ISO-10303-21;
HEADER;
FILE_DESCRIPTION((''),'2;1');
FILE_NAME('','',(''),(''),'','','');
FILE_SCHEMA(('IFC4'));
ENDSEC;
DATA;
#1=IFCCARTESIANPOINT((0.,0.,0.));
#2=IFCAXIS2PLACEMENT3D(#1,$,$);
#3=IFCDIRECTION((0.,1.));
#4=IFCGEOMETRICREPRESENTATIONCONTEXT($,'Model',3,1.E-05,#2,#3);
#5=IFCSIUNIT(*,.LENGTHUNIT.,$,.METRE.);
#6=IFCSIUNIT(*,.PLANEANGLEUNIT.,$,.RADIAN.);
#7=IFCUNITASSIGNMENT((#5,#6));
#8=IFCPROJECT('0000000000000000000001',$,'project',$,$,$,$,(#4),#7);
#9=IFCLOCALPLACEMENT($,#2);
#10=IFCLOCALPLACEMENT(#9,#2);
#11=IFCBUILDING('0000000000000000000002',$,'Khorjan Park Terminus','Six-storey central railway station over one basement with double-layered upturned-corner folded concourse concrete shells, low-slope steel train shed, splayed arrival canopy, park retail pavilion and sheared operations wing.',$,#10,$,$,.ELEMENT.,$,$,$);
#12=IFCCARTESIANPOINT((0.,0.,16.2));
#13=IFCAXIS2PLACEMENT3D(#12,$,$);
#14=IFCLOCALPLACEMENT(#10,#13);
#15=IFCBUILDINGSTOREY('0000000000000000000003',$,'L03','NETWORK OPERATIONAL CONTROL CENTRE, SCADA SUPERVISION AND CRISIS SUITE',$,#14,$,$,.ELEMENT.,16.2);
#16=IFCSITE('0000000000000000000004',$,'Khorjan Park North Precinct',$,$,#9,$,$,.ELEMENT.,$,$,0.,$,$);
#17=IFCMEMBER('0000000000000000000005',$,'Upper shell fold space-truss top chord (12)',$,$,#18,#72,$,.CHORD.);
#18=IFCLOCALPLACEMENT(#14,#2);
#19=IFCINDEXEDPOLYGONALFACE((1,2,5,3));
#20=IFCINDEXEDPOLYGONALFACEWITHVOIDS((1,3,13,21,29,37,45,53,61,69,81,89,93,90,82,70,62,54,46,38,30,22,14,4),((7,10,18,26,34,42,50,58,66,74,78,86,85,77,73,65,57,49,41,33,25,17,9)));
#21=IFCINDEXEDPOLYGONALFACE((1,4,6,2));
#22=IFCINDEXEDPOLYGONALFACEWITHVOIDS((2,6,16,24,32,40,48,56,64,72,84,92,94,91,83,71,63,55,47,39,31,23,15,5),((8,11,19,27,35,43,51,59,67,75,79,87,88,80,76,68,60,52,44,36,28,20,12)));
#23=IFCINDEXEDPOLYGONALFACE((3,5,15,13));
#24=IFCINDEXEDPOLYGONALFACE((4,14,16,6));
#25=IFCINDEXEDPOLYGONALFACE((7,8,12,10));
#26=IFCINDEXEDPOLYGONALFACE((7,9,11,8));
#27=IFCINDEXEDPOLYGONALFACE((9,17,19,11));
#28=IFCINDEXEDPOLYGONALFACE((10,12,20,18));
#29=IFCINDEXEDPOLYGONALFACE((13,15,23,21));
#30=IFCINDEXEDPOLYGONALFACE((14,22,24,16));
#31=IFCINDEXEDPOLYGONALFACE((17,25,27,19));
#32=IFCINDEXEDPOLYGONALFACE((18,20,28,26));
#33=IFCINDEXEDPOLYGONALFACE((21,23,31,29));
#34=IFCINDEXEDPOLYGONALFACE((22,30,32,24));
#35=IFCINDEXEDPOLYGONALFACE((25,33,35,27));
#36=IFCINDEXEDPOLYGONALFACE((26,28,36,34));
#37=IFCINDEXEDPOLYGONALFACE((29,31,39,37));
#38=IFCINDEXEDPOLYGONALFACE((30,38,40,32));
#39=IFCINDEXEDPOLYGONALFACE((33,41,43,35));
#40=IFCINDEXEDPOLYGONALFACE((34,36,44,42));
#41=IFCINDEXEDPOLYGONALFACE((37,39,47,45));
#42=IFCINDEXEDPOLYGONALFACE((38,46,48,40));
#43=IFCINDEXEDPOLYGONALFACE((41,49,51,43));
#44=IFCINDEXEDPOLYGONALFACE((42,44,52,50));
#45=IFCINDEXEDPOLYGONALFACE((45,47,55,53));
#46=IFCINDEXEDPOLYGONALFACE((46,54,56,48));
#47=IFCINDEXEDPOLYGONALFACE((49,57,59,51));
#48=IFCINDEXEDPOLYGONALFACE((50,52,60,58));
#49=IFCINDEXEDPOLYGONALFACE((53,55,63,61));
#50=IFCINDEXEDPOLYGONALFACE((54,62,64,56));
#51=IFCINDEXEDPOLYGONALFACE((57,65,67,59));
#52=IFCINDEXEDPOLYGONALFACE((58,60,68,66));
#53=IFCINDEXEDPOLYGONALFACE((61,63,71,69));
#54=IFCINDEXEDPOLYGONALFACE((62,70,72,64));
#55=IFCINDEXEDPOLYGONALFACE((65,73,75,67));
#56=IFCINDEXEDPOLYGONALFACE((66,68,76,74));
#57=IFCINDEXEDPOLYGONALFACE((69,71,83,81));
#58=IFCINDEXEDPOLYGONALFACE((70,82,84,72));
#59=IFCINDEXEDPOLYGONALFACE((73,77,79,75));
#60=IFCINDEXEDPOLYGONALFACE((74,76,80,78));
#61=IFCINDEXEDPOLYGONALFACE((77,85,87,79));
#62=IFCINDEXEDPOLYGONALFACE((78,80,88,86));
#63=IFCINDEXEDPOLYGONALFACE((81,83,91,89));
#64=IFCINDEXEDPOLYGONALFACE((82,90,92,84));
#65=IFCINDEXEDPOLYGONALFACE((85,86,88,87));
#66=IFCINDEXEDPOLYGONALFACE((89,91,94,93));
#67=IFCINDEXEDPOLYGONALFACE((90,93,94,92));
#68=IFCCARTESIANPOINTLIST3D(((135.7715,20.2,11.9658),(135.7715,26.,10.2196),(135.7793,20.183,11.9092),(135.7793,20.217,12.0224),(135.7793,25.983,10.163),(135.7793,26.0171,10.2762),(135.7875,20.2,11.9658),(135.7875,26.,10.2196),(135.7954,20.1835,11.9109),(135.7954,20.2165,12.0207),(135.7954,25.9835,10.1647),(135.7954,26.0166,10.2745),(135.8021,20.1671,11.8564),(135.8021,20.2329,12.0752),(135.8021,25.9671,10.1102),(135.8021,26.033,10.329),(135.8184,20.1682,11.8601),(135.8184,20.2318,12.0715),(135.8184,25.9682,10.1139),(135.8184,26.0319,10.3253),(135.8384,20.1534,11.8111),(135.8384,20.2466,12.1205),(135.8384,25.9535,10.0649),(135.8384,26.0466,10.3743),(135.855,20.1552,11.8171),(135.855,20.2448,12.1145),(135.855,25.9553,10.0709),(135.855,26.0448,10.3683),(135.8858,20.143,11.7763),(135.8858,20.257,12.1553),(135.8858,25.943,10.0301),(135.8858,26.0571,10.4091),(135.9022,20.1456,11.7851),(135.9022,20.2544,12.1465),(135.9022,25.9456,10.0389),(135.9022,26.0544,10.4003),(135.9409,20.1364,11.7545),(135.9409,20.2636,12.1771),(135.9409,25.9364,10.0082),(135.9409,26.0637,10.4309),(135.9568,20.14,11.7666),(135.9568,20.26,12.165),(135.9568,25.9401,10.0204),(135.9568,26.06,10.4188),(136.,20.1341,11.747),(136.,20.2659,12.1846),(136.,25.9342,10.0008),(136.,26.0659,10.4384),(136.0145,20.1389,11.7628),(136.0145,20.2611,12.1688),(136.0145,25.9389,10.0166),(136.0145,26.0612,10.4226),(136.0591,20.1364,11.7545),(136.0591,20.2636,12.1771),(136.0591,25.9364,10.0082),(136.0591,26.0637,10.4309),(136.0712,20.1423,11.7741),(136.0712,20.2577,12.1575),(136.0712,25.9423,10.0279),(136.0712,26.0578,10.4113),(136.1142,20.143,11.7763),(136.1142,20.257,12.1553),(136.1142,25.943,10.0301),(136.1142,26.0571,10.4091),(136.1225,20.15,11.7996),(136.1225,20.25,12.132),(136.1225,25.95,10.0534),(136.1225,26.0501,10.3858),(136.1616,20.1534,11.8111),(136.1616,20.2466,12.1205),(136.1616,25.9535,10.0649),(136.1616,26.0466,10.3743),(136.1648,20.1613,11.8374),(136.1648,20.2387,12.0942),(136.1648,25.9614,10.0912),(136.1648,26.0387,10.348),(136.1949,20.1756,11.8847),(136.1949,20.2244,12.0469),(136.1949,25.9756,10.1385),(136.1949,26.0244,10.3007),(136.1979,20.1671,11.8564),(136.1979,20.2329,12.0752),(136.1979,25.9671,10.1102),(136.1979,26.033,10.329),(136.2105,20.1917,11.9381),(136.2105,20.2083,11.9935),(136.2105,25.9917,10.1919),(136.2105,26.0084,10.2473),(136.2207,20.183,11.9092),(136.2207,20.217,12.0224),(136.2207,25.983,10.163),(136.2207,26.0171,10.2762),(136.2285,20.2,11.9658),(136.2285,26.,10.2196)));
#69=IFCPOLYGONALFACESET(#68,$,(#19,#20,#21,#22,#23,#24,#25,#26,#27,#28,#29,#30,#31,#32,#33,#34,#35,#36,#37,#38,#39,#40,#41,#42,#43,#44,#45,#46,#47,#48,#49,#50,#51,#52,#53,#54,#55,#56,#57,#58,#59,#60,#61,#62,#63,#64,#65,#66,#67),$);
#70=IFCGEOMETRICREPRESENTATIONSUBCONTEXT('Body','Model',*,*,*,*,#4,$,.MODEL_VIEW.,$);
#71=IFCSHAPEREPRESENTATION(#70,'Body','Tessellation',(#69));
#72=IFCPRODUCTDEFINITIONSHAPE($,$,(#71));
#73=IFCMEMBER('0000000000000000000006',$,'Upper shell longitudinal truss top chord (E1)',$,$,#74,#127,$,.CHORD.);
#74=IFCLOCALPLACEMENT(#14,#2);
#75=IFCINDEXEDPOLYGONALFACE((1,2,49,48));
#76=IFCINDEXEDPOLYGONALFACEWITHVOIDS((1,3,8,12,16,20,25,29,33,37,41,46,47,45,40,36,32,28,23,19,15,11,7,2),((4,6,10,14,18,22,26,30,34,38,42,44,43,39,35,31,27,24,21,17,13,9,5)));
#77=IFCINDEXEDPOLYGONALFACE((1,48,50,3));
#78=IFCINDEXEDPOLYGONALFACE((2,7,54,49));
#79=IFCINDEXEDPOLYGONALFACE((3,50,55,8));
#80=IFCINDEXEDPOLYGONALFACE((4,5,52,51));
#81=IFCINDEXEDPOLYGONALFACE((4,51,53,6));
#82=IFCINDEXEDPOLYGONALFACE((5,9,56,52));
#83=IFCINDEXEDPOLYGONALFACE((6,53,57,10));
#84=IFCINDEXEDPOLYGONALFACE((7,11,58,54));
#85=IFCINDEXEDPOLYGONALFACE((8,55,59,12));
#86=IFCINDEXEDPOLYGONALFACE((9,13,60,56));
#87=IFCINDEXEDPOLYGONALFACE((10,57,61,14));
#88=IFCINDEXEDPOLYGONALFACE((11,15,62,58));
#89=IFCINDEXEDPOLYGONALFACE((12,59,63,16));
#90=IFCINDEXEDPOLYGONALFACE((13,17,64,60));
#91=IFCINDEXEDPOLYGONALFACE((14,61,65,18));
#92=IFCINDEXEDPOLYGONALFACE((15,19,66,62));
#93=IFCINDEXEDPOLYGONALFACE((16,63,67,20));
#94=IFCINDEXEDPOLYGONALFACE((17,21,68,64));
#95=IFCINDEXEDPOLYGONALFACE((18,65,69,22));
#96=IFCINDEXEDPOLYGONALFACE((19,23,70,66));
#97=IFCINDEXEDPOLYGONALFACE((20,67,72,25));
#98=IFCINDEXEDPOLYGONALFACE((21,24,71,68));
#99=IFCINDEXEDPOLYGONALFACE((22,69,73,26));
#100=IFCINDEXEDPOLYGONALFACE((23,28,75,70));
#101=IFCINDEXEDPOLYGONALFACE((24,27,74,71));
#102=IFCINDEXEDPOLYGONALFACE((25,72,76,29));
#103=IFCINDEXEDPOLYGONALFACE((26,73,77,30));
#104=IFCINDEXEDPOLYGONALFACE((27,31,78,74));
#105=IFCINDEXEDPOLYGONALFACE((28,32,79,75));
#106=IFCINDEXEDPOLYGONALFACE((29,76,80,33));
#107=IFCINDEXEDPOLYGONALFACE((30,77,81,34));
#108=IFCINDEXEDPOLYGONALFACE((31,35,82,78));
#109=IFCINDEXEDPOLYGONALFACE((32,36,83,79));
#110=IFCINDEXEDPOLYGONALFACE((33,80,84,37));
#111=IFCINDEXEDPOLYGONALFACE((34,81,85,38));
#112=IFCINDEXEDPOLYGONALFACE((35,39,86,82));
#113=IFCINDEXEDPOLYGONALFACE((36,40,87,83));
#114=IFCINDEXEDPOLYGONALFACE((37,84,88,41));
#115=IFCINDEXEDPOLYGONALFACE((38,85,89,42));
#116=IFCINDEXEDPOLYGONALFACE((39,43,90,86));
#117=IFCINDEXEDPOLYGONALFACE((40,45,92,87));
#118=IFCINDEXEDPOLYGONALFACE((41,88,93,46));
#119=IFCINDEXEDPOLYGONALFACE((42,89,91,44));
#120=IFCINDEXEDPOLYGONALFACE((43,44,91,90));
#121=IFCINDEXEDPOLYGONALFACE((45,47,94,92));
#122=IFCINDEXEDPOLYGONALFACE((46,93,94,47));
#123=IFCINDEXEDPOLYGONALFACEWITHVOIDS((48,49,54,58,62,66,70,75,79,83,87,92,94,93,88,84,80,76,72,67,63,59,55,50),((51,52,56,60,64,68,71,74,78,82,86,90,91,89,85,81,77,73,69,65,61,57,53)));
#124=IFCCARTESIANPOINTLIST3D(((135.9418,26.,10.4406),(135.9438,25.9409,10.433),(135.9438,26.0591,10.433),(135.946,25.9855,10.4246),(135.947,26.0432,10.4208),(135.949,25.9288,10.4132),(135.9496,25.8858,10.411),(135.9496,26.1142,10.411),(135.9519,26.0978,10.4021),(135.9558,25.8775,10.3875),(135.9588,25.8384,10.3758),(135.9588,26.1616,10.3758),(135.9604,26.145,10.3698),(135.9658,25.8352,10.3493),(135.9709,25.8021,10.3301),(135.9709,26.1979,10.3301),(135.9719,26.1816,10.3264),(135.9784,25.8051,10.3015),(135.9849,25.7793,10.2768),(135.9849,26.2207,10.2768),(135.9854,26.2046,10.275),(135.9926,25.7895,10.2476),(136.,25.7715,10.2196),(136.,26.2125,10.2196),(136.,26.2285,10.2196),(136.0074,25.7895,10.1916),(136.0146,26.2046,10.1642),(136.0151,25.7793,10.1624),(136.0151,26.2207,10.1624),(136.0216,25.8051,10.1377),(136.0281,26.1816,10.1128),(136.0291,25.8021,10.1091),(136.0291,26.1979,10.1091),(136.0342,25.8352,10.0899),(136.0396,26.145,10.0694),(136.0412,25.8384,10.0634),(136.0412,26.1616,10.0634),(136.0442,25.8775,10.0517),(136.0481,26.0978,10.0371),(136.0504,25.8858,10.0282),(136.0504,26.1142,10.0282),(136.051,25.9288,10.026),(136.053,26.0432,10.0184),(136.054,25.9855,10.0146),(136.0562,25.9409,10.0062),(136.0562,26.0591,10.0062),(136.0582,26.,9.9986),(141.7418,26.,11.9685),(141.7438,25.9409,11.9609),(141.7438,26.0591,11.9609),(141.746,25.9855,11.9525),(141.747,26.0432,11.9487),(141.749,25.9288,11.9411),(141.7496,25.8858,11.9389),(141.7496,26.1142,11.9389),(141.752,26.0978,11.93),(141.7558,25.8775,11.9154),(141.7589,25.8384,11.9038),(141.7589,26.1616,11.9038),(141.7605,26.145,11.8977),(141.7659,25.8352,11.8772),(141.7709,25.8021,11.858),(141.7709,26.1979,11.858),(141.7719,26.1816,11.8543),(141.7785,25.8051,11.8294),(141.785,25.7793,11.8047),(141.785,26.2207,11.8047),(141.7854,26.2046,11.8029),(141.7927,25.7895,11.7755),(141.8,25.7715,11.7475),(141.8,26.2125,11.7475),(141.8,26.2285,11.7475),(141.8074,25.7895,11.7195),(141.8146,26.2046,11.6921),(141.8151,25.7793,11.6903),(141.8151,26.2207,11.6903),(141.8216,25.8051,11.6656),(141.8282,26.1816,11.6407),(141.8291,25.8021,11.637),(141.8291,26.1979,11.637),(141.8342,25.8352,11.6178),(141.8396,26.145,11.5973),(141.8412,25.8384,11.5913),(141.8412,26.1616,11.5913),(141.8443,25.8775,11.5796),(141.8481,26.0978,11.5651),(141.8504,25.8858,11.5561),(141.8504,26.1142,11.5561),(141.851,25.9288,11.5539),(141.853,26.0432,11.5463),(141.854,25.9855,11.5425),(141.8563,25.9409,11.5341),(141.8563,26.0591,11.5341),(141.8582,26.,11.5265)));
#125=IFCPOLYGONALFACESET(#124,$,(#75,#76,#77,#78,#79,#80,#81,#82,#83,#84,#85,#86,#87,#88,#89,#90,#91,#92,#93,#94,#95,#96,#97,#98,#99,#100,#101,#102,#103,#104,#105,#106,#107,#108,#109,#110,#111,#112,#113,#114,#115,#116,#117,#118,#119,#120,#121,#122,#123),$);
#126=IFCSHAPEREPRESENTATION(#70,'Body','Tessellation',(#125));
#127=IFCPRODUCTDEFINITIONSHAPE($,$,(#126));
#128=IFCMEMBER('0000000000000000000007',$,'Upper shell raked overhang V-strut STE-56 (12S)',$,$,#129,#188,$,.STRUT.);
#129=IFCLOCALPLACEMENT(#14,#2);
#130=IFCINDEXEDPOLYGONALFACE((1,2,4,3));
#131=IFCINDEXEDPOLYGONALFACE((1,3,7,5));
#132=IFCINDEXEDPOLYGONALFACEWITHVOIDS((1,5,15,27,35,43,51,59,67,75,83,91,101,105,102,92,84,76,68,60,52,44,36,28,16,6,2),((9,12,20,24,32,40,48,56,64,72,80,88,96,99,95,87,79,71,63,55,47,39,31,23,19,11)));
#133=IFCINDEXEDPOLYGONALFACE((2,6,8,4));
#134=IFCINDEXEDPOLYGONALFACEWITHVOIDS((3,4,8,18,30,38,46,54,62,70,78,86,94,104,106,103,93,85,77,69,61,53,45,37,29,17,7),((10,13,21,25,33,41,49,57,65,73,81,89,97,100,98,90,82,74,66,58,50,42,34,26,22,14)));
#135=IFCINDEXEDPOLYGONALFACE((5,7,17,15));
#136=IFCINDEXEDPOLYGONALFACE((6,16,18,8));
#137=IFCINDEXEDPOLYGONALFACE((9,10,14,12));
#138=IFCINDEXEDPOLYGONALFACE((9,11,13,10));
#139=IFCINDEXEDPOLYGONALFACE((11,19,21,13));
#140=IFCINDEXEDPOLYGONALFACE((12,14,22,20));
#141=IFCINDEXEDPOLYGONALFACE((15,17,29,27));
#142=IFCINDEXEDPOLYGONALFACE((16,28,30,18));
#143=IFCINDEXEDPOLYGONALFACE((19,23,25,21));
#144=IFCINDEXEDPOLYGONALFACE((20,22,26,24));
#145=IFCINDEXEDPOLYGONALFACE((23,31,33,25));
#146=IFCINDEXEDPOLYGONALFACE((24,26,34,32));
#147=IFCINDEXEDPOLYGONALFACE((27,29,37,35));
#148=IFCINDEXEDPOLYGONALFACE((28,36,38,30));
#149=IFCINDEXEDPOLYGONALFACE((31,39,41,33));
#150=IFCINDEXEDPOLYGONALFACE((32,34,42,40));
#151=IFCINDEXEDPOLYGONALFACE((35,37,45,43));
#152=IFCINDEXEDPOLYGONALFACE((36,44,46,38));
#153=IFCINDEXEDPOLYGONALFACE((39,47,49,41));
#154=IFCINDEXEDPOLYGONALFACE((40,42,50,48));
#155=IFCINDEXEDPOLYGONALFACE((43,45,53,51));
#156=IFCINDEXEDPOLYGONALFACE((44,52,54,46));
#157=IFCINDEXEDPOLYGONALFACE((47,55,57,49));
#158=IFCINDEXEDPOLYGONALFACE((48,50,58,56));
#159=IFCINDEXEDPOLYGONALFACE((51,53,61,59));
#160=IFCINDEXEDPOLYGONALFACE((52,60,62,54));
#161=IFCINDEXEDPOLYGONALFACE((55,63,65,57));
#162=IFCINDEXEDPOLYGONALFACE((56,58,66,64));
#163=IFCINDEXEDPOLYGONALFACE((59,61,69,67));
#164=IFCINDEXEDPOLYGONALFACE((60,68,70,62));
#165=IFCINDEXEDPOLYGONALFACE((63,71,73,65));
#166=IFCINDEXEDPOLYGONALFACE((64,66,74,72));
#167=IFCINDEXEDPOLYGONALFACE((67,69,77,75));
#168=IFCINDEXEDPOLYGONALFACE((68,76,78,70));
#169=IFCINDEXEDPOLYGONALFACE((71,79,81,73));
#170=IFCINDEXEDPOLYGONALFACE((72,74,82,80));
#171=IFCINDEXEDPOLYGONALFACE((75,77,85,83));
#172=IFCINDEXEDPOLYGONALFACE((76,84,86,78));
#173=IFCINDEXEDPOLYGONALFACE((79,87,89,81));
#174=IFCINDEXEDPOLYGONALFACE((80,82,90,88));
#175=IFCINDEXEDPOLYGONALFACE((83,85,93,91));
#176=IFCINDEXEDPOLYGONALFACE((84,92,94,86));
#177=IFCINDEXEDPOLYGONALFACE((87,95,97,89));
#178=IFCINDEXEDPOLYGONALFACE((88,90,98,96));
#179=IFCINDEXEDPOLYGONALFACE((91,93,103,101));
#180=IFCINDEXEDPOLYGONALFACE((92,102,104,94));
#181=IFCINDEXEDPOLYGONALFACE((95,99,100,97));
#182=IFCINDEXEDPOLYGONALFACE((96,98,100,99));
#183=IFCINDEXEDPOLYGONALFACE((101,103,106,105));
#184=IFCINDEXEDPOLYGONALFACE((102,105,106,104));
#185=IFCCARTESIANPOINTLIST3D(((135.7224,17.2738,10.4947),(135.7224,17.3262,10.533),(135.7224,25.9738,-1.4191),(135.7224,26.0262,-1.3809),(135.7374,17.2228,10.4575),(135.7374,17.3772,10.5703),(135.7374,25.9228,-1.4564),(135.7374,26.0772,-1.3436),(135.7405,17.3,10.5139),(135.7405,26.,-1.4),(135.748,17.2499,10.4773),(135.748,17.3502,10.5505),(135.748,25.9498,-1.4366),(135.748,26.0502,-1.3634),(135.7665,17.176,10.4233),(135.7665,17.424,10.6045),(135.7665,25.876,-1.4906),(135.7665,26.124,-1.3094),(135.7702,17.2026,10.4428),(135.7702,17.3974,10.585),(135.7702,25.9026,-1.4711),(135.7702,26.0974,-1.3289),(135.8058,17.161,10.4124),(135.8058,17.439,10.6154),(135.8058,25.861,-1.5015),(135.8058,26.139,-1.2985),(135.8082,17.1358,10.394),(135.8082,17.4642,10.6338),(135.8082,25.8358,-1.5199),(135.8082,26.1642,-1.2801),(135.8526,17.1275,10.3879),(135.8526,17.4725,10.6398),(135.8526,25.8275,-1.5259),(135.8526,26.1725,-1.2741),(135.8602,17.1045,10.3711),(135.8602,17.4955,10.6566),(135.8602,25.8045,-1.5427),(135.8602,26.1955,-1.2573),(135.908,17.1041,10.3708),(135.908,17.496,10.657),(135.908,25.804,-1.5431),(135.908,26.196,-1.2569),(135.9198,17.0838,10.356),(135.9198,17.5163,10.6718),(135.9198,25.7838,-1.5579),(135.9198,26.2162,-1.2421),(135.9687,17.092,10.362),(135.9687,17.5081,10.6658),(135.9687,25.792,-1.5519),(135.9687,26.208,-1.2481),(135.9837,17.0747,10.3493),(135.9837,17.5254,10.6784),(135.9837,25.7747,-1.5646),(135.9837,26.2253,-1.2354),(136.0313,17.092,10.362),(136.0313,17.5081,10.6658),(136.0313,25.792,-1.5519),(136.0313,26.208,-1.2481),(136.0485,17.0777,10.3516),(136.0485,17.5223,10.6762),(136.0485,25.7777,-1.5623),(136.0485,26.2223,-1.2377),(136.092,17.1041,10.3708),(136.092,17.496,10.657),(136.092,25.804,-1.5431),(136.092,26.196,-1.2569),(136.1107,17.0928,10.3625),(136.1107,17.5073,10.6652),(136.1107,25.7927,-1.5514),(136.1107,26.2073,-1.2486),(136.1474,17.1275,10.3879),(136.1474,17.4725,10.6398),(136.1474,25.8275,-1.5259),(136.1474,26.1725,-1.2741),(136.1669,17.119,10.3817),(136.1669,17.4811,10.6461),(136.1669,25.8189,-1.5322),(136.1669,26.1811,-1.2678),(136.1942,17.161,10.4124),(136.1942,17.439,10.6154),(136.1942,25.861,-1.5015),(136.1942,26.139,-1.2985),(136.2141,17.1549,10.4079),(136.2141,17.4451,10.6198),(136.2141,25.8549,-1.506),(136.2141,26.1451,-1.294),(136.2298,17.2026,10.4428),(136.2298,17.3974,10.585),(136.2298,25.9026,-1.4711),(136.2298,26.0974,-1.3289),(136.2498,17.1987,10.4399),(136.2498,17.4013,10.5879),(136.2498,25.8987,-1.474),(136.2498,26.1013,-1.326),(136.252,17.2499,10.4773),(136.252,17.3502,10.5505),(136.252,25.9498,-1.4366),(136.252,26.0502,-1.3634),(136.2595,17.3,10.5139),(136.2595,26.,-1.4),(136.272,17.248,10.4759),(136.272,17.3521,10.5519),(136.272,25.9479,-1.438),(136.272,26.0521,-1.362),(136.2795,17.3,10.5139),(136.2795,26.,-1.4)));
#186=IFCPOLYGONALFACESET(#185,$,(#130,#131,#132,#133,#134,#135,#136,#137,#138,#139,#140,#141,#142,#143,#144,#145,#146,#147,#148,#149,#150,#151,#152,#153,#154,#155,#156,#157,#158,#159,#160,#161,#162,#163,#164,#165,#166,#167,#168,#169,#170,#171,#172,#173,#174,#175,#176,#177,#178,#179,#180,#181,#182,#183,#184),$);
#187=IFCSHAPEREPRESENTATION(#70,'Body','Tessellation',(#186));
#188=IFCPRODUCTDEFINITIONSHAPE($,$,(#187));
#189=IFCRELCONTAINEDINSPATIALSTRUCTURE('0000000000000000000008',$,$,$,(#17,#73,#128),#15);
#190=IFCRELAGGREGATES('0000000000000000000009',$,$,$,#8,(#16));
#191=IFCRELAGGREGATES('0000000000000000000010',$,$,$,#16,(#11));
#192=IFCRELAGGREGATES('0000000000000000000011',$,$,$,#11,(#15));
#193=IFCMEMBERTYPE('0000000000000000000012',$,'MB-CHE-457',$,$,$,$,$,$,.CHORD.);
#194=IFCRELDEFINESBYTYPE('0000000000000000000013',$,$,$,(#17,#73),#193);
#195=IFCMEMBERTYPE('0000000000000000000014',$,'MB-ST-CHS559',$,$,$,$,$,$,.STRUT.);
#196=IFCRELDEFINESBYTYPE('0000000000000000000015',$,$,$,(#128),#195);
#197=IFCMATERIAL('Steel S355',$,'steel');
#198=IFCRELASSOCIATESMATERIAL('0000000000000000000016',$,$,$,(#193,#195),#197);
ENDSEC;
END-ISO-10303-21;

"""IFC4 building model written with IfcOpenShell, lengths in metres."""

from ifc_helpers import new_model, si_unit, direction, frame, origin, origin_2d, place, context, subcontext, project, spatial, hollow_circle, extrude, material, material_profile, profile_set, type_object, element, save


model = new_model("IFC4")

# Units and contexts
model_context = context("Model", 3, precision=1e-05, world=origin(), true_north=direction((0.0, 1.0)))
body_context = subcontext(model_context, "Body", "Model", "MODEL_VIEW")
ifc_project = project(units=[si_unit("LENGTHUNIT", "METRE"), si_unit("PLANEANGLEUNIT", "RADIAN")], contexts=[model_context])

# Site, building, storey
site_placement = place(None, origin())
site = spatial("IfcSite", under=ifc_project, at=site_placement, Name="Khorjan Park North Precinct", CompositionType="ELEMENT", RefElevation=0.0)
building_placement = place(site_placement, origin())
building = spatial("IfcBuilding", under=site, at=building_placement, Name="Khorjan Park Terminus", Description="Six-storey central railway station over one basement with double-layered upturned-corner folded concourse concrete shells, low-slope steel train shed, splayed arrival canopy, park retail pavilion and sheared operations wing.", CompositionType="ELEMENT")
storey_placement = place(building_placement, frame((0.0, 0.0, 16.2)))
storey = spatial("IfcBuildingStorey", under=building, at=storey_placement, Name="L03", Description="NETWORK OPERATIONAL CONTROL CENTRE, SCADA SUPERVISION AND CRISIS SUITE", CompositionType="ELEMENT", Elevation=16.2)

# Members
ifc_material_1 = material(Name="Steel S355", Category="steel")
ifc_material_profile_1 = material_profile(ifc_material_1, hollow_circle(Radius=0.2285, WallThickness=0.016, at=origin_2d()), Name="CHS 457x16")
ifc_profile_set_1 = profile_set([ifc_material_profile_1], Name="Steel S355")
member_type_1 = type_object("IfcMemberType", Name="MB-CHE-457", PredefinedType="CHORD", material=ifc_profile_set_1)
member_1_placement = place(storey_placement, frame((136.0, 20.2, 11.9658), z_axis=(0.0, 0.957544, -0.288287), x_axis=(-1.0, 0.0, 0.0)))
element("IfcMember", 1, at=member_1_placement, inside=storey, type_object=member_type_1, Name="Upper shell fold space-truss top chord (12)", PredefinedType="CHORD", context=body_context, shape_type="SweptSolid", body=[
    extrude(hollow_circle(Radius=0.2285, WallThickness=0.016, at=origin_2d()), origin(), (0.0, 0.0, 1.0), 6.0572),
])
member_2_placement = place(storey_placement, frame((136.0, 26.0, 10.2196), z_axis=(0.967009, 0.0, 0.25474), x_axis=(0.0, 1.0, 0.0)))
element("IfcMember", 2, at=member_2_placement, inside=storey, type_object=member_type_1, Name="Upper shell longitudinal truss top chord (E1)", PredefinedType="CHORD", context=body_context, shape_type="SweptSolid", body=[
    extrude(hollow_circle(Radius=0.2285, WallThickness=0.016, at=origin_2d()), origin(), (0.0, 0.0, 1.0), 5.9979),
])
ifc_material_profile_2 = material_profile(ifc_material_1, hollow_circle(Radius=0.2795, WallThickness=0.02, at=origin_2d()), Name="CHS 559x20")
ifc_profile_set_2 = profile_set([ifc_material_profile_2], Name="Steel S355")
member_type_2 = type_object("IfcMemberType", Name="MB-ST-CHS559", PredefinedType="STRUT", material=ifc_profile_set_2)
member_3_placement = place(storey_placement, frame((136.0, 26.0, -1.4), z_axis=(0.0, -0.589738, 0.807595), x_axis=(1.0, 0.0, 0.0)))
element("IfcMember", 3, at=member_3_placement, inside=storey, type_object=member_type_2, Name="Upper shell raked overhang V-strut STE-56 (12S)", PredefinedType="STRUT", context=body_context, shape_type="SweptSolid", body=[
    extrude(hollow_circle(Radius=0.2795, WallThickness=0.02, at=origin_2d()), origin(), (0.0, 0.0, 1.0), 14.7523),
])

save(model, "model.ifc")
